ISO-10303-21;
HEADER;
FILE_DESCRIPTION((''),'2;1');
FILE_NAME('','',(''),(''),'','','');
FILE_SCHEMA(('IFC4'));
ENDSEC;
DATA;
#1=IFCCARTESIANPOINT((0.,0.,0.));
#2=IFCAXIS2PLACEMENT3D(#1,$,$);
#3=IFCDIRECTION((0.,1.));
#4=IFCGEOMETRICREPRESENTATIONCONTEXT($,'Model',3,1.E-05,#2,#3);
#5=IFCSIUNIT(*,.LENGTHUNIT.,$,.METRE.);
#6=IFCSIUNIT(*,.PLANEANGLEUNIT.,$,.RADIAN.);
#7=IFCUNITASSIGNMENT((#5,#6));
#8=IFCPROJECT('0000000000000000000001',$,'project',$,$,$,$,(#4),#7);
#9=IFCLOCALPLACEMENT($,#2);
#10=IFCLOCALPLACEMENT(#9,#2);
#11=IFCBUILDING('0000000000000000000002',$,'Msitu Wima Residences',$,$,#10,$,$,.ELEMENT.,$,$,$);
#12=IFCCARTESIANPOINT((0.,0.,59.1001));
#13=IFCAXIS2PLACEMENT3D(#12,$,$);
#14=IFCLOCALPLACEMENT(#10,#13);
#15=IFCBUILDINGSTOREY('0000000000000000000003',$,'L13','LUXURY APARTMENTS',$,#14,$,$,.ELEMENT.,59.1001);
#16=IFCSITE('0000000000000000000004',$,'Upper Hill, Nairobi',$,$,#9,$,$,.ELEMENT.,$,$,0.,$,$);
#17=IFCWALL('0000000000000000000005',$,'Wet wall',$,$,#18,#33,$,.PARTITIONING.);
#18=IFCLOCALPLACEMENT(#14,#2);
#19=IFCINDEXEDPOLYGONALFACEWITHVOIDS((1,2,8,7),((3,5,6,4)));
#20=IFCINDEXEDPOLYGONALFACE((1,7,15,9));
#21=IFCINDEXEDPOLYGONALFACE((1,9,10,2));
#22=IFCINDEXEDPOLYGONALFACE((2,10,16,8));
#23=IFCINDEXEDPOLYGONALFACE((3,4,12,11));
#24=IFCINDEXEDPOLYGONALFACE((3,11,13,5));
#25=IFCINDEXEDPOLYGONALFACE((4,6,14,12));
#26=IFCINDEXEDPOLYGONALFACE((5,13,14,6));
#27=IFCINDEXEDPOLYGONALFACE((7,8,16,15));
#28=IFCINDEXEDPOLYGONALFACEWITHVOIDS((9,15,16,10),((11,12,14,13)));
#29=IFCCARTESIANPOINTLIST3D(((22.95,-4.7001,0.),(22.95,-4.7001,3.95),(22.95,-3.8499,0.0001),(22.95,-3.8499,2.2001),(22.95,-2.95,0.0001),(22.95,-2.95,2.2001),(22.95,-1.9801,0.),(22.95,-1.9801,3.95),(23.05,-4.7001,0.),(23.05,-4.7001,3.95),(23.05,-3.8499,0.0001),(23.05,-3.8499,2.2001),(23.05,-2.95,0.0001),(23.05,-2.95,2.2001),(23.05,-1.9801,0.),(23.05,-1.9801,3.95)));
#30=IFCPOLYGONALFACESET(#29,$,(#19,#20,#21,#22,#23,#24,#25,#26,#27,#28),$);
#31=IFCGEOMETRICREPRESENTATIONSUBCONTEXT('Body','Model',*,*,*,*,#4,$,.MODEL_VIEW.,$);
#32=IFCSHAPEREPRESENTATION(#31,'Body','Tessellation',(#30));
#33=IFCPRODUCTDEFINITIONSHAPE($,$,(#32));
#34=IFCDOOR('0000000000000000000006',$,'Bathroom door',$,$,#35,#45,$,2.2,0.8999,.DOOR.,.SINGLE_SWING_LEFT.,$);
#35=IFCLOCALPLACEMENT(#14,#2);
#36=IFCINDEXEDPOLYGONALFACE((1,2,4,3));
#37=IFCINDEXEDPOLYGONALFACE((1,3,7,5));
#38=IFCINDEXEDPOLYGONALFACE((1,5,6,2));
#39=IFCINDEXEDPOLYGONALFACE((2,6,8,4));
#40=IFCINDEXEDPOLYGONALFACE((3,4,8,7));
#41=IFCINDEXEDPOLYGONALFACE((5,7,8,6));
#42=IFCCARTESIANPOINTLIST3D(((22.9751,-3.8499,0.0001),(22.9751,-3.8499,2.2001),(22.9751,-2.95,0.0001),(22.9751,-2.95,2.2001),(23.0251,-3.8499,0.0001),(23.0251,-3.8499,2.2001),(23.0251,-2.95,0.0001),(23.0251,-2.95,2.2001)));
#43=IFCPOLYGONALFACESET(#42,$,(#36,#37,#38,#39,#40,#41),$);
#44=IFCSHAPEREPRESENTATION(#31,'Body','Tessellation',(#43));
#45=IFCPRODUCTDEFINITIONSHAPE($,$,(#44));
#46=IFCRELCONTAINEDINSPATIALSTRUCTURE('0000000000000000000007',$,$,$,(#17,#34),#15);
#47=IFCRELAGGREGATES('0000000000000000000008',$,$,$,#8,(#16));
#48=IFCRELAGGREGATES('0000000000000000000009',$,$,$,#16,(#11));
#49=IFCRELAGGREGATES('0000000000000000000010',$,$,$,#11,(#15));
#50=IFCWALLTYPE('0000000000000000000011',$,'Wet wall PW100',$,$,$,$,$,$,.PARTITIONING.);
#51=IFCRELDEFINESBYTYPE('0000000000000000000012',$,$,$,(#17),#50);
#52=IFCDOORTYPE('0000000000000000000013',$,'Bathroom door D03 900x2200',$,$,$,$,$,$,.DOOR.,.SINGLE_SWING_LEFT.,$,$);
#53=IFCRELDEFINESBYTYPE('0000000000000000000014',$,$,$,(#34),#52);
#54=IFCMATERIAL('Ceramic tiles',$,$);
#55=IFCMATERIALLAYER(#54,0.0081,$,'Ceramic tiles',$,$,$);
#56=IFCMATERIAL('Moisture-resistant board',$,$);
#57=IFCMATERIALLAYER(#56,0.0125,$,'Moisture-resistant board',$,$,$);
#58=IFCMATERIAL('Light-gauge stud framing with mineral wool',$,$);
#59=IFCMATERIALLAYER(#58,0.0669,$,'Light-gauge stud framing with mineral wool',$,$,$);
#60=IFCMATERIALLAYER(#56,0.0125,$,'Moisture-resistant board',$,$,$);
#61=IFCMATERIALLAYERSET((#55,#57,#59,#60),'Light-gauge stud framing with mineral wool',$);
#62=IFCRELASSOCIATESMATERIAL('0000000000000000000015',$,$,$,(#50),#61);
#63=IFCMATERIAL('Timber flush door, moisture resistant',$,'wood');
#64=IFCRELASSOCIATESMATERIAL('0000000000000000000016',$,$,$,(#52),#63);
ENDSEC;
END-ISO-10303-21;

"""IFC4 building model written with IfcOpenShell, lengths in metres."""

from ifc_helpers import new_model, si_unit, direction, frame, frame_2d, origin, place, context, subcontext, project, spatial, rectangle, extrude, material, layer, layer_set, type_object, element, fill, save


model = new_model("IFC4")

# Units and contexts
model_context = context("Model", 3, precision=1e-05, world=origin(), true_north=direction((0.0, 1.0)))
body_context = subcontext(model_context, "Body", "Model", "MODEL_VIEW")
ifc_project = project(units=[si_unit("LENGTHUNIT", "METRE"), si_unit("PLANEANGLEUNIT", "RADIAN")], contexts=[model_context])

# Site, building, storey
site_placement = place(None, origin())
site = spatial("IfcSite", under=ifc_project, at=site_placement, Name="Upper Hill, Nairobi", CompositionType="ELEMENT", RefElevation=0.0)
building_placement = place(site_placement, origin())
building = spatial("IfcBuilding", under=site, at=building_placement, Name="Msitu Wima Residences", CompositionType="ELEMENT")
storey_placement = place(building_placement, frame((0.0, 0.0, 59.1001)))
storey = spatial("IfcBuildingStorey", under=building, at=storey_placement, Name="L13", Description="LUXURY APARTMENTS", CompositionType="ELEMENT", Elevation=59.1001)

# Shared definitions
ifc_material_1 = material(Name="Ceramic tiles")
ifc_layer_1 = layer(ifc_material_1, 0.0081, Name="Ceramic tiles")
ifc_material_2 = material(Name="Moisture-resistant board")
ifc_layer_2 = layer(ifc_material_2, 0.0125, Name="Moisture-resistant board")
ifc_material_3 = material(Name="Light-gauge stud framing with mineral wool")
ifc_layer_3 = layer(ifc_material_3, 0.0669, Name="Light-gauge stud framing with mineral wool")
ifc_layer_4 = layer(ifc_material_2, 0.0125, Name="Moisture-resistant board")
ifc_layer_set_1 = layer_set([ifc_layer_1, ifc_layer_2, ifc_layer_3, ifc_layer_4], Name="Light-gauge stud framing with mineral wool")
wall_type_1 = type_object("IfcWallType", Name="Wet wall PW100", PredefinedType="PARTITIONING", material=ifc_layer_set_1)

# Wall, opening, door
wall_1_placement = place(storey_placement, frame((23.0, -4.7, 0.0), z_axis=(0.0, 0.0, 1.0), x_axis=(0.0, 1.0, 0.0)))
wall_1 = element("IfcWall", 1, at=wall_1_placement, inside=storey, type_object=wall_type_1, Name="Wet wall", PredefinedType="PARTITIONING", context=body_context, shape_type="SweptSolid", body=[
    extrude(rectangle(XDim=2.72, YDim=0.1001, at=frame_2d((1.3599, 0.0))), origin(), (0.0, 0.0, 1.0), 3.95),
])
opening_1_placement = place(wall_1_placement, frame((0.8501, 0.0, 0.0)))
opening_1 = element("IfcOpeningElement", 2, at=opening_1_placement, cuts=wall_1, PredefinedType="OPENING", context=body_context, shape_type="SweptSolid", body=[
    extrude(rectangle(XDim=0.8999, YDim=2.2, at=frame_2d((0.45, 1.1001))), frame((0.0, 0.0601, 0.0), z_axis=(0.0, -1.0, 0.0), x_axis=(1.0, 0.0, 0.0)), (0.0, 0.0, 1.0), 0.1201),
])
ifc_material_4 = material(Name="Timber flush door, moisture resistant", Category="wood")
door_type_1 = type_object("IfcDoorType", Name="Bathroom door D03 900x2200", OperationType="SINGLE_SWING_LEFT", PredefinedType="DOOR", material=ifc_material_4)
door_1_placement = place(opening_1_placement, origin())
door_1 = element("IfcDoor", 3, at=door_1_placement, inside=storey, type_object=door_type_1, Name="Bathroom door", OperationType="SINGLE_SWING_LEFT", OverallHeight=2.2, OverallWidth=0.8999, PredefinedType="DOOR", context=body_context, shape_type="SweptSolid", body=[
    extrude(rectangle(XDim=0.8999, YDim=2.2, at=frame_2d((0.45, 1.1001))), frame((0.0, 0.0249, 0.0), z_axis=(0.0, -1.0, 0.0), x_axis=(1.0, 0.0, 0.0)), (0.0, 0.0, 1.0), 0.05),
])
fill(opening_1, door_1)

save(model, "model.ifc")
